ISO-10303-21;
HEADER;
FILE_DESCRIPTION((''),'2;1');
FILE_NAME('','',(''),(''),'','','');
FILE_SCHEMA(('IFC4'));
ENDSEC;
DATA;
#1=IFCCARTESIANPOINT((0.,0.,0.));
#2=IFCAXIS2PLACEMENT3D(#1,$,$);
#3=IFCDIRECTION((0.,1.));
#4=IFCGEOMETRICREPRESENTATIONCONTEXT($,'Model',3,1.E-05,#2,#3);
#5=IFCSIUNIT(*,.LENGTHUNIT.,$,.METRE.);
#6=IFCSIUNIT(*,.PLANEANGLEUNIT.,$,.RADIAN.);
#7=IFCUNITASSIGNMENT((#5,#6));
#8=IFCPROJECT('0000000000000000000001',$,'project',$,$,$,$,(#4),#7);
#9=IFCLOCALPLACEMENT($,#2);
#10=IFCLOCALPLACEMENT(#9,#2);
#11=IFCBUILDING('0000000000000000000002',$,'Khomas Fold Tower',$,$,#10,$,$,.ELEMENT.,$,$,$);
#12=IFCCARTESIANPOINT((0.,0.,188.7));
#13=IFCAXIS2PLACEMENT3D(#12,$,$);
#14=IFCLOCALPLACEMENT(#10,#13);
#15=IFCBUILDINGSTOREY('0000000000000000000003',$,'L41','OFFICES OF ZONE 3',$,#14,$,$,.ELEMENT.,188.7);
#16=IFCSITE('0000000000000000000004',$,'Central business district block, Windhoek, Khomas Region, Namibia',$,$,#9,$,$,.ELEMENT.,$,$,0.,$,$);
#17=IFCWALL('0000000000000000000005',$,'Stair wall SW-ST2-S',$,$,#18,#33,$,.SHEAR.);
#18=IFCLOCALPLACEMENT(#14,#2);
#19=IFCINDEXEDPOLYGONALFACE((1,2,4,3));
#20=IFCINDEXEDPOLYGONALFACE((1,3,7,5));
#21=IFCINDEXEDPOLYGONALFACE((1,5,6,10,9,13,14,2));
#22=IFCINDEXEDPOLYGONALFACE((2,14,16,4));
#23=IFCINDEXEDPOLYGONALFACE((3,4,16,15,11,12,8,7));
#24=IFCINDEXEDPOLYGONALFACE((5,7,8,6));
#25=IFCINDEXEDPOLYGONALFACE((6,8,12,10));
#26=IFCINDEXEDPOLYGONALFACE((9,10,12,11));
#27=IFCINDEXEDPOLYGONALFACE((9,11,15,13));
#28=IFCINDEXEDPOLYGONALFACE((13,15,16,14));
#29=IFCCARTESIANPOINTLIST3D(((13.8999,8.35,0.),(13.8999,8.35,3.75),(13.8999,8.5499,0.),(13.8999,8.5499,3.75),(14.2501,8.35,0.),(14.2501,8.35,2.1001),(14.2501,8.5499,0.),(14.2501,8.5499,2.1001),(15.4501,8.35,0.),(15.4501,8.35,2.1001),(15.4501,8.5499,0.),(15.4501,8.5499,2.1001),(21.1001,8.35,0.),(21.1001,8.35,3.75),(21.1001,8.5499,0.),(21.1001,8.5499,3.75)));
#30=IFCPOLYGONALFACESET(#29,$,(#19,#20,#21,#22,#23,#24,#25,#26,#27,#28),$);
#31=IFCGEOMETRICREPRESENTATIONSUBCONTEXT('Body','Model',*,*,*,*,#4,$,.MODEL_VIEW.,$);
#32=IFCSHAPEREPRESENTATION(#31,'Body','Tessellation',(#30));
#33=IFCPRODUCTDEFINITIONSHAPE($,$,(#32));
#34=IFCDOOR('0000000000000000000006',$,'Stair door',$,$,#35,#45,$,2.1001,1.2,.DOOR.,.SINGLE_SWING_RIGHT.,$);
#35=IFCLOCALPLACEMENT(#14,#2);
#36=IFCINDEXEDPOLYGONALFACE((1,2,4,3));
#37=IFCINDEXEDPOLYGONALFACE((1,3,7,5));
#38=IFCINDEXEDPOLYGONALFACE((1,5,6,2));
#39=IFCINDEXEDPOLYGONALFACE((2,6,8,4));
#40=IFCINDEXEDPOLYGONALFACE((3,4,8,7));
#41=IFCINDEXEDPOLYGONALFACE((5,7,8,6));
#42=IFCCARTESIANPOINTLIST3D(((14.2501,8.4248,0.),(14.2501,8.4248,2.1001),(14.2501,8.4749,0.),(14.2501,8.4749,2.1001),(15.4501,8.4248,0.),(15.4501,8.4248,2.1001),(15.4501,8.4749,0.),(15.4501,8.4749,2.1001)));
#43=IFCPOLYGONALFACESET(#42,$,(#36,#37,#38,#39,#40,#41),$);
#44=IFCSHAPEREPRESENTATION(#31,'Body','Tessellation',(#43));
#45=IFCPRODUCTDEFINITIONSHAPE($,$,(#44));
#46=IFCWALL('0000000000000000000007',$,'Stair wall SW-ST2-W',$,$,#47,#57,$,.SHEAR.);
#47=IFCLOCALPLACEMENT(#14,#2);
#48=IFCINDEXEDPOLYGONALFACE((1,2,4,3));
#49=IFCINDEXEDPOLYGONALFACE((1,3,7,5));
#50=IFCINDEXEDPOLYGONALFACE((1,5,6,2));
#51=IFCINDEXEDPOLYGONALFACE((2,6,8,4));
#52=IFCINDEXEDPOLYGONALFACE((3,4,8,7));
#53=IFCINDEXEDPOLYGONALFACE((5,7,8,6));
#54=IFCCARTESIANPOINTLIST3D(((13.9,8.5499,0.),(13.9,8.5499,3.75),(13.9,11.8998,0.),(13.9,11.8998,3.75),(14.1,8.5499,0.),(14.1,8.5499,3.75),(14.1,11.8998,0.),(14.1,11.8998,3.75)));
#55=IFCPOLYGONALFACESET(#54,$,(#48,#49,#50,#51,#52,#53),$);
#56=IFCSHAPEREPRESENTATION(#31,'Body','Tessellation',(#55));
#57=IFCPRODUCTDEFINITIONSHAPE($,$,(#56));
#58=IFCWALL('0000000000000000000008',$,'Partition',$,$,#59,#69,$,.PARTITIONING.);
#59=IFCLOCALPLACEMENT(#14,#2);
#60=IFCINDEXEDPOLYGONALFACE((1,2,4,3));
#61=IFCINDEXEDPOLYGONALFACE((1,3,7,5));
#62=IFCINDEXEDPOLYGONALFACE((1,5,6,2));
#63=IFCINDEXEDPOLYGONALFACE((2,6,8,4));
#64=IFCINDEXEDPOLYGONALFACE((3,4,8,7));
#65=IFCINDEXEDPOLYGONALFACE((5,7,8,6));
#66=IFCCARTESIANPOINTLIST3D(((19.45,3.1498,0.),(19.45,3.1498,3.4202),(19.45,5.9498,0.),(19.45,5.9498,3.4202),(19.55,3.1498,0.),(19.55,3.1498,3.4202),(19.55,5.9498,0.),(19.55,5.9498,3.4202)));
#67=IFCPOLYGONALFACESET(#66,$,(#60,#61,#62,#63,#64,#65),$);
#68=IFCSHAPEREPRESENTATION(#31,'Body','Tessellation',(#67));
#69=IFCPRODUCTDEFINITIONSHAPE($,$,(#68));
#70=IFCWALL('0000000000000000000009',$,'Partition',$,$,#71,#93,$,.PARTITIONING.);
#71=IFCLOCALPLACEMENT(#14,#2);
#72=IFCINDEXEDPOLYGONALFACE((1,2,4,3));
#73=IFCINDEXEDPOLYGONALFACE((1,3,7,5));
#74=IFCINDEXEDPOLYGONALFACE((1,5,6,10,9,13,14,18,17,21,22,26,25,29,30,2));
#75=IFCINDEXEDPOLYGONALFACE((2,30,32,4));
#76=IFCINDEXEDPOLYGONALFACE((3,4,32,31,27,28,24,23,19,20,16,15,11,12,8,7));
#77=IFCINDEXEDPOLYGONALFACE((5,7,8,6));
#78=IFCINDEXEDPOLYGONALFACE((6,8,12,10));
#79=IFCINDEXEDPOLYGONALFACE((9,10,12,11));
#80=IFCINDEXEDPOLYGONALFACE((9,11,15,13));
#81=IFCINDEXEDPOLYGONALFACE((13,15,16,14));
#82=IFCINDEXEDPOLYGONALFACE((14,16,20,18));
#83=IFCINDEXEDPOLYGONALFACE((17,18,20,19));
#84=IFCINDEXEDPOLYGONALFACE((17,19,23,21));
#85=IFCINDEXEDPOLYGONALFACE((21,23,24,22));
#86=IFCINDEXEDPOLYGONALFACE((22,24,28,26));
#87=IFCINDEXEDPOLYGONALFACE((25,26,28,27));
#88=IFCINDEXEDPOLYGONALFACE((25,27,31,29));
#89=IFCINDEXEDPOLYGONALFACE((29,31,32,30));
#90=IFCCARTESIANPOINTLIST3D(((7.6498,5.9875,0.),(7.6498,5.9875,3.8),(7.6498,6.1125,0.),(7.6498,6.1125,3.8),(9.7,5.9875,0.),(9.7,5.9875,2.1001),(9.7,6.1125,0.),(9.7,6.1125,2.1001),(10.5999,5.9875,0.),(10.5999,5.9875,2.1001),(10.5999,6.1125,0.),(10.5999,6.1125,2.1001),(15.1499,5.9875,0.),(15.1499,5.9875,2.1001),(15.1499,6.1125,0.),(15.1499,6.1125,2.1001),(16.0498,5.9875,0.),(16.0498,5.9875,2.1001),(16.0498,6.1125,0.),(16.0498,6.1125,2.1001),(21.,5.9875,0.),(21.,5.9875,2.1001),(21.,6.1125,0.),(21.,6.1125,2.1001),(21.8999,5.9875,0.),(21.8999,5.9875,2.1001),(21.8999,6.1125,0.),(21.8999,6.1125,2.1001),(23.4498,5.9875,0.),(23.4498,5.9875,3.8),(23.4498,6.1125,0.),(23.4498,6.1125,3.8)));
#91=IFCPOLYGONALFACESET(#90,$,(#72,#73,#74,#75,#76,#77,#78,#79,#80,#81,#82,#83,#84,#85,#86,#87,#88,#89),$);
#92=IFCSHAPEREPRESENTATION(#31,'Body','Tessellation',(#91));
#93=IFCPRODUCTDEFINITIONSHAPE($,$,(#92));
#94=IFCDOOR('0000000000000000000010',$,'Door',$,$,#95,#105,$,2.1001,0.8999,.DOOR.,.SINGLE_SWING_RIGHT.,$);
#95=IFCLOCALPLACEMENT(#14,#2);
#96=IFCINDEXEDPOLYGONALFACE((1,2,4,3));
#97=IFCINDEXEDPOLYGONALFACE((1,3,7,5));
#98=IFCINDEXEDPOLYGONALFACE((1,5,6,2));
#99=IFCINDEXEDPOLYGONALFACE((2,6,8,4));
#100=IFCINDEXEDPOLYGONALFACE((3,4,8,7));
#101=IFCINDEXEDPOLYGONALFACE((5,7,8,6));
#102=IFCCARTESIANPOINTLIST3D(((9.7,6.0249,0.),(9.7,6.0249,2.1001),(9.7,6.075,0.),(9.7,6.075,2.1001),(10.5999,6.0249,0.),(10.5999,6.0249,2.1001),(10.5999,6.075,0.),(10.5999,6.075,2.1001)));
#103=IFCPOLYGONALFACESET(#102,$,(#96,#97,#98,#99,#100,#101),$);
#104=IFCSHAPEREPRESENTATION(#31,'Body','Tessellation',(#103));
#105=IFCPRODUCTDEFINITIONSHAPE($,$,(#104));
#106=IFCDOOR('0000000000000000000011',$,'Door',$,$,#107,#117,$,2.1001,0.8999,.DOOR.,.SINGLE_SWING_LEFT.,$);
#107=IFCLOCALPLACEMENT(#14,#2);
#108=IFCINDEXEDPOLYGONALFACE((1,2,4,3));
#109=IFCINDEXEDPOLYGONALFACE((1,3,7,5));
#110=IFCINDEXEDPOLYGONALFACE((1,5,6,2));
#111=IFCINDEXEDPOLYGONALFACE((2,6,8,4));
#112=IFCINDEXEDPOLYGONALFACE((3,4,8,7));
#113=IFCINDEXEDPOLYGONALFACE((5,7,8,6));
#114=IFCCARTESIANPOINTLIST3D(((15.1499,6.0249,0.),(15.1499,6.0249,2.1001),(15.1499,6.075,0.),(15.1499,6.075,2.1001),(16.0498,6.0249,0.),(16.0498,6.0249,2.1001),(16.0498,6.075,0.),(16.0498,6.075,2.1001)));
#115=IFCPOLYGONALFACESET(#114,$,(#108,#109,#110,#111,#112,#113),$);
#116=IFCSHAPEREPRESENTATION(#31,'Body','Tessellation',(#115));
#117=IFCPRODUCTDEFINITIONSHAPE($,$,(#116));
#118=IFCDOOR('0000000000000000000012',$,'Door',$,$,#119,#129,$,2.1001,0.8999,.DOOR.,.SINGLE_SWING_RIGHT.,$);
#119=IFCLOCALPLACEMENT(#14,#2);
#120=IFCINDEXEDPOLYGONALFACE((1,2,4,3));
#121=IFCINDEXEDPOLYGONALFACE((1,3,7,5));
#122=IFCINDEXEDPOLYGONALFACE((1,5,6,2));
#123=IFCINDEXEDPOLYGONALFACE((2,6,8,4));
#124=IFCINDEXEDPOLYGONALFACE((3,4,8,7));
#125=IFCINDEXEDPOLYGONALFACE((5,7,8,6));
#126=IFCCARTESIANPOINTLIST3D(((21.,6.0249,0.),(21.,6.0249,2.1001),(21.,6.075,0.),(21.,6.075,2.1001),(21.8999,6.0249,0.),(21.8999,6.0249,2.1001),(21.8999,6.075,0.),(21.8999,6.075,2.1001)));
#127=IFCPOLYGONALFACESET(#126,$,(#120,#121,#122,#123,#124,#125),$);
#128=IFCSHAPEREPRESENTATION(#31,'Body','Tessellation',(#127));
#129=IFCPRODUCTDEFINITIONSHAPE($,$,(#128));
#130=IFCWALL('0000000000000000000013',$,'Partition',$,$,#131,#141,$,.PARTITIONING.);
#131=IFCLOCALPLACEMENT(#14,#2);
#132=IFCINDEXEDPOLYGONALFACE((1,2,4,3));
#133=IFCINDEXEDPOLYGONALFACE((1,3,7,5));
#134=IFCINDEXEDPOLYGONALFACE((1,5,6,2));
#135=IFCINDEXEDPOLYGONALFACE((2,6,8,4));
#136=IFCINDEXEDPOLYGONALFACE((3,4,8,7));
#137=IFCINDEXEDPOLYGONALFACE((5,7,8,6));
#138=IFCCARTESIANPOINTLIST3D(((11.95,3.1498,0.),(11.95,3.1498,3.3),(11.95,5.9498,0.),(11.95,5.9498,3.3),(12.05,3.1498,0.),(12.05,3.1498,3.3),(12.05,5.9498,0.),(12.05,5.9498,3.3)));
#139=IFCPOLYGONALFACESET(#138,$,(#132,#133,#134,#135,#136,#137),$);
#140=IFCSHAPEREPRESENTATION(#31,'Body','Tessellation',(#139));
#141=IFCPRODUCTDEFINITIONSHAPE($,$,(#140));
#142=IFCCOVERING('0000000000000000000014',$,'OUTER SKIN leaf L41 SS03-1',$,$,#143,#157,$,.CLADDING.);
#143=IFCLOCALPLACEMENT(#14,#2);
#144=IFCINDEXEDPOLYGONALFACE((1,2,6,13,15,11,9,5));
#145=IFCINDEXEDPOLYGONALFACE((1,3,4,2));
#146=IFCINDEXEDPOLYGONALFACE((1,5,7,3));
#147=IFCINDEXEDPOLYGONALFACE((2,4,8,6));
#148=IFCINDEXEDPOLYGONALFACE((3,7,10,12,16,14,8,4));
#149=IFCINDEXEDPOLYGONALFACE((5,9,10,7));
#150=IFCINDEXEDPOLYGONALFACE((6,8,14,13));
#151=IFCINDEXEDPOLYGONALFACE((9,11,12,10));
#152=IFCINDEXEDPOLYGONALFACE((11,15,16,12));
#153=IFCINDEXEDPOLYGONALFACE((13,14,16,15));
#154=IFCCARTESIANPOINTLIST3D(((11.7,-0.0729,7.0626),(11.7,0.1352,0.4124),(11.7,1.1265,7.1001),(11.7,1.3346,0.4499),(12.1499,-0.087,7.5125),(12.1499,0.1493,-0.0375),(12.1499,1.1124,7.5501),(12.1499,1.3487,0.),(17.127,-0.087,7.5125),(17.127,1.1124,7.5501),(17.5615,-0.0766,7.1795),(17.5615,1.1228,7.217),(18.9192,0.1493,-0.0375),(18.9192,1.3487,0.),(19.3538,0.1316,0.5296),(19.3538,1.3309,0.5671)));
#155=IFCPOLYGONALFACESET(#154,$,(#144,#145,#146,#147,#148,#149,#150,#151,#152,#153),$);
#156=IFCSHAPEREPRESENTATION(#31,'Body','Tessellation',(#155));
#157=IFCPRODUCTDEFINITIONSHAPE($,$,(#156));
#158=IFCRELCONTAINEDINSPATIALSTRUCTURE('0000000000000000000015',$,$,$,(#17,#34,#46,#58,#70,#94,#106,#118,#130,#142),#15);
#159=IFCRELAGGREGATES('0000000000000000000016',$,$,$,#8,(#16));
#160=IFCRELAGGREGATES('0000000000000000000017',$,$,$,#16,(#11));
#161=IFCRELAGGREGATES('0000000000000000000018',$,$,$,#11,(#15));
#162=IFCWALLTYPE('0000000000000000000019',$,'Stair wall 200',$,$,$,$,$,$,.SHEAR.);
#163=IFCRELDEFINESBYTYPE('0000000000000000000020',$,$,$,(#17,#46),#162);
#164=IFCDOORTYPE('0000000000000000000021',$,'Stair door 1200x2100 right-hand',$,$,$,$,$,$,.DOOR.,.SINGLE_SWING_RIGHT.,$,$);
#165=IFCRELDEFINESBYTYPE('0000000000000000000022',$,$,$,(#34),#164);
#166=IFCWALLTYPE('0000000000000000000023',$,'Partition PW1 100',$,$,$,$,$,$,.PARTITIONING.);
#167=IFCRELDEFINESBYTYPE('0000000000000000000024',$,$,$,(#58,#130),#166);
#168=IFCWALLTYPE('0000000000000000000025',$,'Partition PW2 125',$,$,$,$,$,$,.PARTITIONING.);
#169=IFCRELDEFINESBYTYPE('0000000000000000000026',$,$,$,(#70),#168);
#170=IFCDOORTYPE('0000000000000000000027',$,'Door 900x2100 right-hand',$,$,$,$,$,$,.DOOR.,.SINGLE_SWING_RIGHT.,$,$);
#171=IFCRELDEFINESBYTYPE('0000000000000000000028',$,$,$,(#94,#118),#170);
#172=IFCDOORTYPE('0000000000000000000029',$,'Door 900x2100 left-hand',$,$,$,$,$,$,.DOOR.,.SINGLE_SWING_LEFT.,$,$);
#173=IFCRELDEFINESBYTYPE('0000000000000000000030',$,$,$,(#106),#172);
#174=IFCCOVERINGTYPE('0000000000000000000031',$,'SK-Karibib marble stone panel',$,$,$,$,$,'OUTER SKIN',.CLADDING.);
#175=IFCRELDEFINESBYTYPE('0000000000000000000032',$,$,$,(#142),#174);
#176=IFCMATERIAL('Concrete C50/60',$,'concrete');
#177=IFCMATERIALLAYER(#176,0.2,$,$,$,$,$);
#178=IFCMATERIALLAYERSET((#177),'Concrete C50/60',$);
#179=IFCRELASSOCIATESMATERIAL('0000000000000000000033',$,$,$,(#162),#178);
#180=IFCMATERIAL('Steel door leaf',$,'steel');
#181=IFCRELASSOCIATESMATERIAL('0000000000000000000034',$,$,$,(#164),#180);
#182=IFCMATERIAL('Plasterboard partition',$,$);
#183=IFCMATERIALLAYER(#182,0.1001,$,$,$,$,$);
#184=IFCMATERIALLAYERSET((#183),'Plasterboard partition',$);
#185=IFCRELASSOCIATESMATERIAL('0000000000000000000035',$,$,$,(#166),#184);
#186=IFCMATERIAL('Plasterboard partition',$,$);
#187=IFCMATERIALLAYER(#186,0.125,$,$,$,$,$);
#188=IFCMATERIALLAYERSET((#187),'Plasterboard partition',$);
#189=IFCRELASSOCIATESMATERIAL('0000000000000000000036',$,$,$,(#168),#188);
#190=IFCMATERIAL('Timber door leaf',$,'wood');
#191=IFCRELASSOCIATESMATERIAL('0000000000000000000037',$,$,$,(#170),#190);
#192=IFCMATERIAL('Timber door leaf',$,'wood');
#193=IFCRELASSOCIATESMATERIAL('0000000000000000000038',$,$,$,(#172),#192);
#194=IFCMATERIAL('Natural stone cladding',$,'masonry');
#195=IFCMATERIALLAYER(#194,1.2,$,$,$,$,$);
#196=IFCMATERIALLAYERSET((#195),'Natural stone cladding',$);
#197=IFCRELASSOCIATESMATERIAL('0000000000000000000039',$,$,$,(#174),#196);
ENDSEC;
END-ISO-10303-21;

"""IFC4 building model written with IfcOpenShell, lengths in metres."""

from ifc_helpers import new_model, si_unit, direction, frame, frame_2d, origin, place, context, subcontext, project, spatial, polyline, rectangle, outline, extrude, source, transform, mapped, material, layer, layer_set, type_object, element, fill, save


model = new_model("IFC4")

# Units and contexts
model_context = context("Model", 3, precision=1e-05, world=origin(), true_north=direction((0.0, 1.0)))
body_context = subcontext(model_context, "Body", "Model", "MODEL_VIEW")
ifc_project = project(units=[si_unit("LENGTHUNIT", "METRE"), si_unit("PLANEANGLEUNIT", "RADIAN")], contexts=[model_context])

# Site, building, storey
site_placement = place(None, origin())
site = spatial("IfcSite", under=ifc_project, at=site_placement, Name="Central business district block, Windhoek, Khomas Region, Namibia", CompositionType="ELEMENT", RefElevation=0.0)
building_placement = place(site_placement, origin())
building = spatial("IfcBuilding", under=site, at=building_placement, Name="Khomas Fold Tower", CompositionType="ELEMENT")
storey_placement = place(building_placement, frame((0.0, 0.0, 188.7)))
storey = spatial("IfcBuildingStorey", under=building, at=storey_placement, Name="L41", Description="OFFICES OF ZONE 3", CompositionType="ELEMENT", Elevation=188.7)

# Wall, opening, door
ifc_material_1 = material(Name="Concrete C50/60", Category="concrete")
ifc_layer_1 = layer(ifc_material_1, 0.2)
ifc_layer_set_1 = layer_set([ifc_layer_1], Name="Concrete C50/60")
wall_type_1 = type_object("IfcWallType", Name="Stair wall 200", PredefinedType="SHEAR", material=ifc_layer_set_1)
shared_shape_1 = source(origin(), body_context, "Body", "SweptSolid", [
    extrude(rectangle(XDim=7.2002, YDim=0.2, at=frame_2d((3.6001, 0.0))), origin(), (0.0, 0.0, 1.0), 3.75),
])
wall_1_placement = place(storey_placement, frame((13.8999, 8.45, 0.0), z_axis=(0.0, 0.0, 1.0), x_axis=(1.0, 0.0, 0.0)))
wall_1 = element("IfcWall", 1, at=wall_1_placement, inside=storey, type_object=wall_type_1, Name="Stair wall SW-ST2-S", PredefinedType="SHEAR", context=body_context, shape_type="MappedRepresentation", body=[
    mapped(shared_shape_1, transform((0.0, 0.0, 0.0))),
])
shared_shape_2 = source(origin(), body_context, "Body", "SweptSolid", [
    extrude(rectangle(XDim=1.2, YDim=2.1001, at=frame_2d((0.6001, 1.05))), frame((0.0, 0.1099, 0.0), z_axis=(0.0, -1.0, 0.0), x_axis=(1.0, 0.0, 0.0)), (0.0, 0.0, 1.0), 0.22),
])
opening_1_placement = place(wall_1_placement, frame((0.3501, 0.0, 0.0)))
opening_1 = element("IfcOpeningElement", 2, at=opening_1_placement, cuts=wall_1, PredefinedType="OPENING", context=body_context, shape_type="MappedRepresentation", body=[
    mapped(shared_shape_2, transform((0.0, 0.0, 0.0))),
])
ifc_material_2 = material(Name="Steel door leaf", Category="steel")
door_type_1 = type_object("IfcDoorType", Name="Stair door 1200x2100 right-hand", OperationType="SINGLE_SWING_RIGHT", PredefinedType="DOOR", material=ifc_material_2)
shared_shape_3 = source(origin(), body_context, "Body", "SweptSolid", [
    extrude(rectangle(XDim=1.2, YDim=2.1001, at=frame_2d((0.6001, 1.05))), frame((0.0, 0.0249, 0.0), z_axis=(0.0, -1.0, 0.0), x_axis=(1.0, 0.0, 0.0)), (0.0, 0.0, 1.0), 0.05),
])
door_1_placement = place(opening_1_placement, origin())
door_1 = element("IfcDoor", 3, at=door_1_placement, inside=storey, type_object=door_type_1, Name="Stair door", OperationType="SINGLE_SWING_RIGHT", OverallHeight=2.1001, OverallWidth=1.2, PredefinedType="DOOR", context=body_context, shape_type="MappedRepresentation", body=[
    mapped(shared_shape_3, transform((0.0, 0.0, 0.0))),
])
fill(opening_1, door_1)

# Walls
shared_shape_4 = source(origin(), body_context, "Body", "SweptSolid", [
    extrude(rectangle(XDim=3.3499, YDim=0.2, at=frame_2d((1.6748, 0.0))), origin(), (0.0, 0.0, 1.0), 3.75),
])
wall_2_placement = place(storey_placement, frame((14.0, 8.55, 0.0), z_axis=(0.0, 0.0, 1.0), x_axis=(0.0, 1.0, 0.0)))
element("IfcWall", 4, at=wall_2_placement, inside=storey, type_object=wall_type_1, Name="Stair wall SW-ST2-W", PredefinedType="SHEAR", context=body_context, shape_type="MappedRepresentation", body=[
    mapped(shared_shape_4, transform((0.0, 0.0, 0.0))),
])
ifc_material_3 = material(Name="Plasterboard partition")
ifc_layer_2 = layer(ifc_material_3, 0.1001)
ifc_layer_set_2 = layer_set([ifc_layer_2], Name="Plasterboard partition")
wall_type_2 = type_object("IfcWallType", Name="Partition PW1 100", PredefinedType="PARTITIONING", material=ifc_layer_set_2)
shared_shape_5 = source(origin(), body_context, "Body", "SweptSolid", [
    extrude(rectangle(XDim=2.8, YDim=0.1001, at=frame_2d((1.3999, 0.0))), origin(), (0.0, 0.0, 1.0), 3.4202),
])
wall_3_placement = place(storey_placement, frame((19.5, 3.1499, 0.0), z_axis=(0.0, 0.0, 1.0), x_axis=(0.0, 1.0, 0.0)))
element("IfcWall", 5, at=wall_3_placement, inside=storey, type_object=wall_type_2, Name="Partition", PredefinedType="PARTITIONING", context=body_context, shape_type="MappedRepresentation", body=[
    mapped(shared_shape_5, transform((0.0, 0.0, 0.0))),
])

# Wall, openings, doors
ifc_material_4 = material(Name="Plasterboard partition")
ifc_layer_3 = layer(ifc_material_4, 0.125)
ifc_layer_set_3 = layer_set([ifc_layer_3], Name="Plasterboard partition")
wall_type_3 = type_object("IfcWallType", Name="Partition PW2 125", PredefinedType="PARTITIONING", material=ifc_layer_set_3)
shared_shape_6 = source(origin(), body_context, "Body", "SweptSolid", [
    extrude(rectangle(XDim=15.8, YDim=0.125, at=frame_2d((7.8999, 0.0))), origin(), (0.0, 0.0, 1.0), 3.8),
])
wall_4_placement = place(storey_placement, frame((7.6499, 6.05, 0.0), z_axis=(0.0, 0.0, 1.0), x_axis=(1.0, 0.0, 0.0)))
wall_4 = element("IfcWall", 6, at=wall_4_placement, inside=storey, type_object=wall_type_3, Name="Partition", PredefinedType="PARTITIONING", context=body_context, shape_type="MappedRepresentation", body=[
    mapped(shared_shape_6, transform((0.0, 0.0, 0.0))),
])
shared_shape_7 = source(origin(), body_context, "Body", "SweptSolid", [
    extrude(rectangle(XDim=0.8999, YDim=2.1001, at=frame_2d((0.45, 1.05))), frame((0.0, 0.0725, 0.0), z_axis=(0.0, -1.0, 0.0), x_axis=(1.0, 0.0, 0.0)), (0.0, 0.0, 1.0), 0.145),
])
opening_2_placement = place(wall_4_placement, frame((2.05, 0.0, 0.0)))
opening_2 = element("IfcOpeningElement", 7, at=opening_2_placement, cuts=wall_4, PredefinedType="OPENING", context=body_context, shape_type="MappedRepresentation", body=[
    mapped(shared_shape_7, transform((0.0, 0.0, 0.0))),
])
opening_3_placement = place(wall_4_placement, frame((7.5, 0.0, 0.0)))
opening_3 = element("IfcOpeningElement", 8, at=opening_3_placement, cuts=wall_4, PredefinedType="OPENING", context=body_context, shape_type="MappedRepresentation", body=[
    mapped(shared_shape_7, transform((0.0, 0.0, 0.0))),
])
opening_4_placement = place(wall_4_placement, frame((13.3501, 0.0, 0.0)))
opening_4 = element("IfcOpeningElement", 9, at=opening_4_placement, cuts=wall_4, PredefinedType="OPENING", context=body_context, shape_type="MappedRepresentation", body=[
    mapped(shared_shape_7, transform((0.0, 0.0, 0.0))),
])
ifc_material_5 = material(Name="Timber door leaf", Category="wood")
door_type_2 = type_object("IfcDoorType", Name="Door 900x2100 right-hand", OperationType="SINGLE_SWING_RIGHT", PredefinedType="DOOR", material=ifc_material_5)
shared_shape_8 = source(origin(), body_context, "Body", "SweptSolid", [
    extrude(rectangle(XDim=0.8999, YDim=2.1001, at=frame_2d((0.45, 1.05))), frame((0.0, 0.0249, 0.0), z_axis=(0.0, -1.0, 0.0), x_axis=(1.0, 0.0, 0.0)), (0.0, 0.0, 1.0), 0.05),
])
door_2_placement = place(opening_2_placement, origin())
door_2 = element("IfcDoor", 10, at=door_2_placement, inside=storey, type_object=door_type_2, Name="Door", OperationType="SINGLE_SWING_RIGHT", OverallHeight=2.1001, OverallWidth=0.8999, PredefinedType="DOOR", context=body_context, shape_type="MappedRepresentation", body=[
    mapped(shared_shape_8, transform((0.0, 0.0, 0.0))),
])
fill(opening_2, door_2)
ifc_material_6 = material(Name="Timber door leaf", Category="wood")
door_type_3 = type_object("IfcDoorType", Name="Door 900x2100 left-hand", OperationType="SINGLE_SWING_LEFT", PredefinedType="DOOR", material=ifc_material_6)
door_3_placement = place(opening_3_placement, origin())
door_3 = element("IfcDoor", 11, at=door_3_placement, inside=storey, type_object=door_type_3, Name="Door", OperationType="SINGLE_SWING_LEFT", OverallHeight=2.1001, OverallWidth=0.8999, PredefinedType="DOOR", context=body_context, shape_type="MappedRepresentation", body=[
    mapped(shared_shape_8, transform((0.0, 0.0, 0.0))),
])
fill(opening_3, door_3)
door_4_placement = place(opening_4_placement, origin())
door_4 = element("IfcDoor", 12, at=door_4_placement, inside=storey, type_object=door_type_2, Name="Door", OperationType="SINGLE_SWING_RIGHT", OverallHeight=2.1001, OverallWidth=0.8999, PredefinedType="DOOR", context=body_context, shape_type="MappedRepresentation", body=[
    mapped(shared_shape_8, transform((0.0, 0.0, 0.0))),
])
fill(opening_4, door_4)

# Wall
shared_shape_9 = source(origin(), body_context, "Body", "SweptSolid", [
    extrude(rectangle(XDim=2.8, YDim=0.1001, at=frame_2d((1.3999, 0.0))), origin(), (0.0, 0.0, 1.0), 3.3),
])
wall_5_placement = place(storey_placement, frame((12.0, 3.1499, 0.0), z_axis=(0.0, 0.0, 1.0), x_axis=(0.0, 1.0, 0.0)))
element("IfcWall", 13, at=wall_5_placement, inside=storey, type_object=wall_type_2, Name="Partition", PredefinedType="PARTITIONING", context=body_context, shape_type="MappedRepresentation", body=[
    mapped(shared_shape_9, transform((0.0, 0.0, 0.0))),
])

# Covering
ifc_material_7 = material(Name="Natural stone cladding", Category="masonry")
ifc_layer_4 = layer(ifc_material_7, 1.2)
ifc_layer_set_4 = layer_set([ifc_layer_4], Name="Natural stone cladding")
covering_type = type_object("IfcCoveringType", Name="SK-Karibib marble stone panel", ElementType="OUTER SKIN", PredefinedType="CLADDING", material=ifc_layer_set_4)
covering_placement = place(storey_placement, frame((17.5615, 1.1228, 7.217), z_axis=(0.0, 0.999511, 0.031283), x_axis=(0.260109, 0.030206, -0.965107)))
element("IfcCovering", 14, at=covering_placement, inside=storey, type_object=covering_type, Name="OUTER SKIN leaf L41 SS03-1", PredefinedType="CLADDING", context=body_context, shape_type="SweptSolid", body=[
    extrude(outline(polyline([(0.0, 0.0), (6.8903, 0.0), (7.3252, 0.5672), (5.5644, 7.1035), (5.0127, 7.4209), (-1.4117, 5.6902), (-1.7293, 5.1387), (-0.4347, 0.333), (0.0, 0.0)])), origin(), (0.0, 0.0, -1.0), 1.2),
])

save(model, "model.ifc")
